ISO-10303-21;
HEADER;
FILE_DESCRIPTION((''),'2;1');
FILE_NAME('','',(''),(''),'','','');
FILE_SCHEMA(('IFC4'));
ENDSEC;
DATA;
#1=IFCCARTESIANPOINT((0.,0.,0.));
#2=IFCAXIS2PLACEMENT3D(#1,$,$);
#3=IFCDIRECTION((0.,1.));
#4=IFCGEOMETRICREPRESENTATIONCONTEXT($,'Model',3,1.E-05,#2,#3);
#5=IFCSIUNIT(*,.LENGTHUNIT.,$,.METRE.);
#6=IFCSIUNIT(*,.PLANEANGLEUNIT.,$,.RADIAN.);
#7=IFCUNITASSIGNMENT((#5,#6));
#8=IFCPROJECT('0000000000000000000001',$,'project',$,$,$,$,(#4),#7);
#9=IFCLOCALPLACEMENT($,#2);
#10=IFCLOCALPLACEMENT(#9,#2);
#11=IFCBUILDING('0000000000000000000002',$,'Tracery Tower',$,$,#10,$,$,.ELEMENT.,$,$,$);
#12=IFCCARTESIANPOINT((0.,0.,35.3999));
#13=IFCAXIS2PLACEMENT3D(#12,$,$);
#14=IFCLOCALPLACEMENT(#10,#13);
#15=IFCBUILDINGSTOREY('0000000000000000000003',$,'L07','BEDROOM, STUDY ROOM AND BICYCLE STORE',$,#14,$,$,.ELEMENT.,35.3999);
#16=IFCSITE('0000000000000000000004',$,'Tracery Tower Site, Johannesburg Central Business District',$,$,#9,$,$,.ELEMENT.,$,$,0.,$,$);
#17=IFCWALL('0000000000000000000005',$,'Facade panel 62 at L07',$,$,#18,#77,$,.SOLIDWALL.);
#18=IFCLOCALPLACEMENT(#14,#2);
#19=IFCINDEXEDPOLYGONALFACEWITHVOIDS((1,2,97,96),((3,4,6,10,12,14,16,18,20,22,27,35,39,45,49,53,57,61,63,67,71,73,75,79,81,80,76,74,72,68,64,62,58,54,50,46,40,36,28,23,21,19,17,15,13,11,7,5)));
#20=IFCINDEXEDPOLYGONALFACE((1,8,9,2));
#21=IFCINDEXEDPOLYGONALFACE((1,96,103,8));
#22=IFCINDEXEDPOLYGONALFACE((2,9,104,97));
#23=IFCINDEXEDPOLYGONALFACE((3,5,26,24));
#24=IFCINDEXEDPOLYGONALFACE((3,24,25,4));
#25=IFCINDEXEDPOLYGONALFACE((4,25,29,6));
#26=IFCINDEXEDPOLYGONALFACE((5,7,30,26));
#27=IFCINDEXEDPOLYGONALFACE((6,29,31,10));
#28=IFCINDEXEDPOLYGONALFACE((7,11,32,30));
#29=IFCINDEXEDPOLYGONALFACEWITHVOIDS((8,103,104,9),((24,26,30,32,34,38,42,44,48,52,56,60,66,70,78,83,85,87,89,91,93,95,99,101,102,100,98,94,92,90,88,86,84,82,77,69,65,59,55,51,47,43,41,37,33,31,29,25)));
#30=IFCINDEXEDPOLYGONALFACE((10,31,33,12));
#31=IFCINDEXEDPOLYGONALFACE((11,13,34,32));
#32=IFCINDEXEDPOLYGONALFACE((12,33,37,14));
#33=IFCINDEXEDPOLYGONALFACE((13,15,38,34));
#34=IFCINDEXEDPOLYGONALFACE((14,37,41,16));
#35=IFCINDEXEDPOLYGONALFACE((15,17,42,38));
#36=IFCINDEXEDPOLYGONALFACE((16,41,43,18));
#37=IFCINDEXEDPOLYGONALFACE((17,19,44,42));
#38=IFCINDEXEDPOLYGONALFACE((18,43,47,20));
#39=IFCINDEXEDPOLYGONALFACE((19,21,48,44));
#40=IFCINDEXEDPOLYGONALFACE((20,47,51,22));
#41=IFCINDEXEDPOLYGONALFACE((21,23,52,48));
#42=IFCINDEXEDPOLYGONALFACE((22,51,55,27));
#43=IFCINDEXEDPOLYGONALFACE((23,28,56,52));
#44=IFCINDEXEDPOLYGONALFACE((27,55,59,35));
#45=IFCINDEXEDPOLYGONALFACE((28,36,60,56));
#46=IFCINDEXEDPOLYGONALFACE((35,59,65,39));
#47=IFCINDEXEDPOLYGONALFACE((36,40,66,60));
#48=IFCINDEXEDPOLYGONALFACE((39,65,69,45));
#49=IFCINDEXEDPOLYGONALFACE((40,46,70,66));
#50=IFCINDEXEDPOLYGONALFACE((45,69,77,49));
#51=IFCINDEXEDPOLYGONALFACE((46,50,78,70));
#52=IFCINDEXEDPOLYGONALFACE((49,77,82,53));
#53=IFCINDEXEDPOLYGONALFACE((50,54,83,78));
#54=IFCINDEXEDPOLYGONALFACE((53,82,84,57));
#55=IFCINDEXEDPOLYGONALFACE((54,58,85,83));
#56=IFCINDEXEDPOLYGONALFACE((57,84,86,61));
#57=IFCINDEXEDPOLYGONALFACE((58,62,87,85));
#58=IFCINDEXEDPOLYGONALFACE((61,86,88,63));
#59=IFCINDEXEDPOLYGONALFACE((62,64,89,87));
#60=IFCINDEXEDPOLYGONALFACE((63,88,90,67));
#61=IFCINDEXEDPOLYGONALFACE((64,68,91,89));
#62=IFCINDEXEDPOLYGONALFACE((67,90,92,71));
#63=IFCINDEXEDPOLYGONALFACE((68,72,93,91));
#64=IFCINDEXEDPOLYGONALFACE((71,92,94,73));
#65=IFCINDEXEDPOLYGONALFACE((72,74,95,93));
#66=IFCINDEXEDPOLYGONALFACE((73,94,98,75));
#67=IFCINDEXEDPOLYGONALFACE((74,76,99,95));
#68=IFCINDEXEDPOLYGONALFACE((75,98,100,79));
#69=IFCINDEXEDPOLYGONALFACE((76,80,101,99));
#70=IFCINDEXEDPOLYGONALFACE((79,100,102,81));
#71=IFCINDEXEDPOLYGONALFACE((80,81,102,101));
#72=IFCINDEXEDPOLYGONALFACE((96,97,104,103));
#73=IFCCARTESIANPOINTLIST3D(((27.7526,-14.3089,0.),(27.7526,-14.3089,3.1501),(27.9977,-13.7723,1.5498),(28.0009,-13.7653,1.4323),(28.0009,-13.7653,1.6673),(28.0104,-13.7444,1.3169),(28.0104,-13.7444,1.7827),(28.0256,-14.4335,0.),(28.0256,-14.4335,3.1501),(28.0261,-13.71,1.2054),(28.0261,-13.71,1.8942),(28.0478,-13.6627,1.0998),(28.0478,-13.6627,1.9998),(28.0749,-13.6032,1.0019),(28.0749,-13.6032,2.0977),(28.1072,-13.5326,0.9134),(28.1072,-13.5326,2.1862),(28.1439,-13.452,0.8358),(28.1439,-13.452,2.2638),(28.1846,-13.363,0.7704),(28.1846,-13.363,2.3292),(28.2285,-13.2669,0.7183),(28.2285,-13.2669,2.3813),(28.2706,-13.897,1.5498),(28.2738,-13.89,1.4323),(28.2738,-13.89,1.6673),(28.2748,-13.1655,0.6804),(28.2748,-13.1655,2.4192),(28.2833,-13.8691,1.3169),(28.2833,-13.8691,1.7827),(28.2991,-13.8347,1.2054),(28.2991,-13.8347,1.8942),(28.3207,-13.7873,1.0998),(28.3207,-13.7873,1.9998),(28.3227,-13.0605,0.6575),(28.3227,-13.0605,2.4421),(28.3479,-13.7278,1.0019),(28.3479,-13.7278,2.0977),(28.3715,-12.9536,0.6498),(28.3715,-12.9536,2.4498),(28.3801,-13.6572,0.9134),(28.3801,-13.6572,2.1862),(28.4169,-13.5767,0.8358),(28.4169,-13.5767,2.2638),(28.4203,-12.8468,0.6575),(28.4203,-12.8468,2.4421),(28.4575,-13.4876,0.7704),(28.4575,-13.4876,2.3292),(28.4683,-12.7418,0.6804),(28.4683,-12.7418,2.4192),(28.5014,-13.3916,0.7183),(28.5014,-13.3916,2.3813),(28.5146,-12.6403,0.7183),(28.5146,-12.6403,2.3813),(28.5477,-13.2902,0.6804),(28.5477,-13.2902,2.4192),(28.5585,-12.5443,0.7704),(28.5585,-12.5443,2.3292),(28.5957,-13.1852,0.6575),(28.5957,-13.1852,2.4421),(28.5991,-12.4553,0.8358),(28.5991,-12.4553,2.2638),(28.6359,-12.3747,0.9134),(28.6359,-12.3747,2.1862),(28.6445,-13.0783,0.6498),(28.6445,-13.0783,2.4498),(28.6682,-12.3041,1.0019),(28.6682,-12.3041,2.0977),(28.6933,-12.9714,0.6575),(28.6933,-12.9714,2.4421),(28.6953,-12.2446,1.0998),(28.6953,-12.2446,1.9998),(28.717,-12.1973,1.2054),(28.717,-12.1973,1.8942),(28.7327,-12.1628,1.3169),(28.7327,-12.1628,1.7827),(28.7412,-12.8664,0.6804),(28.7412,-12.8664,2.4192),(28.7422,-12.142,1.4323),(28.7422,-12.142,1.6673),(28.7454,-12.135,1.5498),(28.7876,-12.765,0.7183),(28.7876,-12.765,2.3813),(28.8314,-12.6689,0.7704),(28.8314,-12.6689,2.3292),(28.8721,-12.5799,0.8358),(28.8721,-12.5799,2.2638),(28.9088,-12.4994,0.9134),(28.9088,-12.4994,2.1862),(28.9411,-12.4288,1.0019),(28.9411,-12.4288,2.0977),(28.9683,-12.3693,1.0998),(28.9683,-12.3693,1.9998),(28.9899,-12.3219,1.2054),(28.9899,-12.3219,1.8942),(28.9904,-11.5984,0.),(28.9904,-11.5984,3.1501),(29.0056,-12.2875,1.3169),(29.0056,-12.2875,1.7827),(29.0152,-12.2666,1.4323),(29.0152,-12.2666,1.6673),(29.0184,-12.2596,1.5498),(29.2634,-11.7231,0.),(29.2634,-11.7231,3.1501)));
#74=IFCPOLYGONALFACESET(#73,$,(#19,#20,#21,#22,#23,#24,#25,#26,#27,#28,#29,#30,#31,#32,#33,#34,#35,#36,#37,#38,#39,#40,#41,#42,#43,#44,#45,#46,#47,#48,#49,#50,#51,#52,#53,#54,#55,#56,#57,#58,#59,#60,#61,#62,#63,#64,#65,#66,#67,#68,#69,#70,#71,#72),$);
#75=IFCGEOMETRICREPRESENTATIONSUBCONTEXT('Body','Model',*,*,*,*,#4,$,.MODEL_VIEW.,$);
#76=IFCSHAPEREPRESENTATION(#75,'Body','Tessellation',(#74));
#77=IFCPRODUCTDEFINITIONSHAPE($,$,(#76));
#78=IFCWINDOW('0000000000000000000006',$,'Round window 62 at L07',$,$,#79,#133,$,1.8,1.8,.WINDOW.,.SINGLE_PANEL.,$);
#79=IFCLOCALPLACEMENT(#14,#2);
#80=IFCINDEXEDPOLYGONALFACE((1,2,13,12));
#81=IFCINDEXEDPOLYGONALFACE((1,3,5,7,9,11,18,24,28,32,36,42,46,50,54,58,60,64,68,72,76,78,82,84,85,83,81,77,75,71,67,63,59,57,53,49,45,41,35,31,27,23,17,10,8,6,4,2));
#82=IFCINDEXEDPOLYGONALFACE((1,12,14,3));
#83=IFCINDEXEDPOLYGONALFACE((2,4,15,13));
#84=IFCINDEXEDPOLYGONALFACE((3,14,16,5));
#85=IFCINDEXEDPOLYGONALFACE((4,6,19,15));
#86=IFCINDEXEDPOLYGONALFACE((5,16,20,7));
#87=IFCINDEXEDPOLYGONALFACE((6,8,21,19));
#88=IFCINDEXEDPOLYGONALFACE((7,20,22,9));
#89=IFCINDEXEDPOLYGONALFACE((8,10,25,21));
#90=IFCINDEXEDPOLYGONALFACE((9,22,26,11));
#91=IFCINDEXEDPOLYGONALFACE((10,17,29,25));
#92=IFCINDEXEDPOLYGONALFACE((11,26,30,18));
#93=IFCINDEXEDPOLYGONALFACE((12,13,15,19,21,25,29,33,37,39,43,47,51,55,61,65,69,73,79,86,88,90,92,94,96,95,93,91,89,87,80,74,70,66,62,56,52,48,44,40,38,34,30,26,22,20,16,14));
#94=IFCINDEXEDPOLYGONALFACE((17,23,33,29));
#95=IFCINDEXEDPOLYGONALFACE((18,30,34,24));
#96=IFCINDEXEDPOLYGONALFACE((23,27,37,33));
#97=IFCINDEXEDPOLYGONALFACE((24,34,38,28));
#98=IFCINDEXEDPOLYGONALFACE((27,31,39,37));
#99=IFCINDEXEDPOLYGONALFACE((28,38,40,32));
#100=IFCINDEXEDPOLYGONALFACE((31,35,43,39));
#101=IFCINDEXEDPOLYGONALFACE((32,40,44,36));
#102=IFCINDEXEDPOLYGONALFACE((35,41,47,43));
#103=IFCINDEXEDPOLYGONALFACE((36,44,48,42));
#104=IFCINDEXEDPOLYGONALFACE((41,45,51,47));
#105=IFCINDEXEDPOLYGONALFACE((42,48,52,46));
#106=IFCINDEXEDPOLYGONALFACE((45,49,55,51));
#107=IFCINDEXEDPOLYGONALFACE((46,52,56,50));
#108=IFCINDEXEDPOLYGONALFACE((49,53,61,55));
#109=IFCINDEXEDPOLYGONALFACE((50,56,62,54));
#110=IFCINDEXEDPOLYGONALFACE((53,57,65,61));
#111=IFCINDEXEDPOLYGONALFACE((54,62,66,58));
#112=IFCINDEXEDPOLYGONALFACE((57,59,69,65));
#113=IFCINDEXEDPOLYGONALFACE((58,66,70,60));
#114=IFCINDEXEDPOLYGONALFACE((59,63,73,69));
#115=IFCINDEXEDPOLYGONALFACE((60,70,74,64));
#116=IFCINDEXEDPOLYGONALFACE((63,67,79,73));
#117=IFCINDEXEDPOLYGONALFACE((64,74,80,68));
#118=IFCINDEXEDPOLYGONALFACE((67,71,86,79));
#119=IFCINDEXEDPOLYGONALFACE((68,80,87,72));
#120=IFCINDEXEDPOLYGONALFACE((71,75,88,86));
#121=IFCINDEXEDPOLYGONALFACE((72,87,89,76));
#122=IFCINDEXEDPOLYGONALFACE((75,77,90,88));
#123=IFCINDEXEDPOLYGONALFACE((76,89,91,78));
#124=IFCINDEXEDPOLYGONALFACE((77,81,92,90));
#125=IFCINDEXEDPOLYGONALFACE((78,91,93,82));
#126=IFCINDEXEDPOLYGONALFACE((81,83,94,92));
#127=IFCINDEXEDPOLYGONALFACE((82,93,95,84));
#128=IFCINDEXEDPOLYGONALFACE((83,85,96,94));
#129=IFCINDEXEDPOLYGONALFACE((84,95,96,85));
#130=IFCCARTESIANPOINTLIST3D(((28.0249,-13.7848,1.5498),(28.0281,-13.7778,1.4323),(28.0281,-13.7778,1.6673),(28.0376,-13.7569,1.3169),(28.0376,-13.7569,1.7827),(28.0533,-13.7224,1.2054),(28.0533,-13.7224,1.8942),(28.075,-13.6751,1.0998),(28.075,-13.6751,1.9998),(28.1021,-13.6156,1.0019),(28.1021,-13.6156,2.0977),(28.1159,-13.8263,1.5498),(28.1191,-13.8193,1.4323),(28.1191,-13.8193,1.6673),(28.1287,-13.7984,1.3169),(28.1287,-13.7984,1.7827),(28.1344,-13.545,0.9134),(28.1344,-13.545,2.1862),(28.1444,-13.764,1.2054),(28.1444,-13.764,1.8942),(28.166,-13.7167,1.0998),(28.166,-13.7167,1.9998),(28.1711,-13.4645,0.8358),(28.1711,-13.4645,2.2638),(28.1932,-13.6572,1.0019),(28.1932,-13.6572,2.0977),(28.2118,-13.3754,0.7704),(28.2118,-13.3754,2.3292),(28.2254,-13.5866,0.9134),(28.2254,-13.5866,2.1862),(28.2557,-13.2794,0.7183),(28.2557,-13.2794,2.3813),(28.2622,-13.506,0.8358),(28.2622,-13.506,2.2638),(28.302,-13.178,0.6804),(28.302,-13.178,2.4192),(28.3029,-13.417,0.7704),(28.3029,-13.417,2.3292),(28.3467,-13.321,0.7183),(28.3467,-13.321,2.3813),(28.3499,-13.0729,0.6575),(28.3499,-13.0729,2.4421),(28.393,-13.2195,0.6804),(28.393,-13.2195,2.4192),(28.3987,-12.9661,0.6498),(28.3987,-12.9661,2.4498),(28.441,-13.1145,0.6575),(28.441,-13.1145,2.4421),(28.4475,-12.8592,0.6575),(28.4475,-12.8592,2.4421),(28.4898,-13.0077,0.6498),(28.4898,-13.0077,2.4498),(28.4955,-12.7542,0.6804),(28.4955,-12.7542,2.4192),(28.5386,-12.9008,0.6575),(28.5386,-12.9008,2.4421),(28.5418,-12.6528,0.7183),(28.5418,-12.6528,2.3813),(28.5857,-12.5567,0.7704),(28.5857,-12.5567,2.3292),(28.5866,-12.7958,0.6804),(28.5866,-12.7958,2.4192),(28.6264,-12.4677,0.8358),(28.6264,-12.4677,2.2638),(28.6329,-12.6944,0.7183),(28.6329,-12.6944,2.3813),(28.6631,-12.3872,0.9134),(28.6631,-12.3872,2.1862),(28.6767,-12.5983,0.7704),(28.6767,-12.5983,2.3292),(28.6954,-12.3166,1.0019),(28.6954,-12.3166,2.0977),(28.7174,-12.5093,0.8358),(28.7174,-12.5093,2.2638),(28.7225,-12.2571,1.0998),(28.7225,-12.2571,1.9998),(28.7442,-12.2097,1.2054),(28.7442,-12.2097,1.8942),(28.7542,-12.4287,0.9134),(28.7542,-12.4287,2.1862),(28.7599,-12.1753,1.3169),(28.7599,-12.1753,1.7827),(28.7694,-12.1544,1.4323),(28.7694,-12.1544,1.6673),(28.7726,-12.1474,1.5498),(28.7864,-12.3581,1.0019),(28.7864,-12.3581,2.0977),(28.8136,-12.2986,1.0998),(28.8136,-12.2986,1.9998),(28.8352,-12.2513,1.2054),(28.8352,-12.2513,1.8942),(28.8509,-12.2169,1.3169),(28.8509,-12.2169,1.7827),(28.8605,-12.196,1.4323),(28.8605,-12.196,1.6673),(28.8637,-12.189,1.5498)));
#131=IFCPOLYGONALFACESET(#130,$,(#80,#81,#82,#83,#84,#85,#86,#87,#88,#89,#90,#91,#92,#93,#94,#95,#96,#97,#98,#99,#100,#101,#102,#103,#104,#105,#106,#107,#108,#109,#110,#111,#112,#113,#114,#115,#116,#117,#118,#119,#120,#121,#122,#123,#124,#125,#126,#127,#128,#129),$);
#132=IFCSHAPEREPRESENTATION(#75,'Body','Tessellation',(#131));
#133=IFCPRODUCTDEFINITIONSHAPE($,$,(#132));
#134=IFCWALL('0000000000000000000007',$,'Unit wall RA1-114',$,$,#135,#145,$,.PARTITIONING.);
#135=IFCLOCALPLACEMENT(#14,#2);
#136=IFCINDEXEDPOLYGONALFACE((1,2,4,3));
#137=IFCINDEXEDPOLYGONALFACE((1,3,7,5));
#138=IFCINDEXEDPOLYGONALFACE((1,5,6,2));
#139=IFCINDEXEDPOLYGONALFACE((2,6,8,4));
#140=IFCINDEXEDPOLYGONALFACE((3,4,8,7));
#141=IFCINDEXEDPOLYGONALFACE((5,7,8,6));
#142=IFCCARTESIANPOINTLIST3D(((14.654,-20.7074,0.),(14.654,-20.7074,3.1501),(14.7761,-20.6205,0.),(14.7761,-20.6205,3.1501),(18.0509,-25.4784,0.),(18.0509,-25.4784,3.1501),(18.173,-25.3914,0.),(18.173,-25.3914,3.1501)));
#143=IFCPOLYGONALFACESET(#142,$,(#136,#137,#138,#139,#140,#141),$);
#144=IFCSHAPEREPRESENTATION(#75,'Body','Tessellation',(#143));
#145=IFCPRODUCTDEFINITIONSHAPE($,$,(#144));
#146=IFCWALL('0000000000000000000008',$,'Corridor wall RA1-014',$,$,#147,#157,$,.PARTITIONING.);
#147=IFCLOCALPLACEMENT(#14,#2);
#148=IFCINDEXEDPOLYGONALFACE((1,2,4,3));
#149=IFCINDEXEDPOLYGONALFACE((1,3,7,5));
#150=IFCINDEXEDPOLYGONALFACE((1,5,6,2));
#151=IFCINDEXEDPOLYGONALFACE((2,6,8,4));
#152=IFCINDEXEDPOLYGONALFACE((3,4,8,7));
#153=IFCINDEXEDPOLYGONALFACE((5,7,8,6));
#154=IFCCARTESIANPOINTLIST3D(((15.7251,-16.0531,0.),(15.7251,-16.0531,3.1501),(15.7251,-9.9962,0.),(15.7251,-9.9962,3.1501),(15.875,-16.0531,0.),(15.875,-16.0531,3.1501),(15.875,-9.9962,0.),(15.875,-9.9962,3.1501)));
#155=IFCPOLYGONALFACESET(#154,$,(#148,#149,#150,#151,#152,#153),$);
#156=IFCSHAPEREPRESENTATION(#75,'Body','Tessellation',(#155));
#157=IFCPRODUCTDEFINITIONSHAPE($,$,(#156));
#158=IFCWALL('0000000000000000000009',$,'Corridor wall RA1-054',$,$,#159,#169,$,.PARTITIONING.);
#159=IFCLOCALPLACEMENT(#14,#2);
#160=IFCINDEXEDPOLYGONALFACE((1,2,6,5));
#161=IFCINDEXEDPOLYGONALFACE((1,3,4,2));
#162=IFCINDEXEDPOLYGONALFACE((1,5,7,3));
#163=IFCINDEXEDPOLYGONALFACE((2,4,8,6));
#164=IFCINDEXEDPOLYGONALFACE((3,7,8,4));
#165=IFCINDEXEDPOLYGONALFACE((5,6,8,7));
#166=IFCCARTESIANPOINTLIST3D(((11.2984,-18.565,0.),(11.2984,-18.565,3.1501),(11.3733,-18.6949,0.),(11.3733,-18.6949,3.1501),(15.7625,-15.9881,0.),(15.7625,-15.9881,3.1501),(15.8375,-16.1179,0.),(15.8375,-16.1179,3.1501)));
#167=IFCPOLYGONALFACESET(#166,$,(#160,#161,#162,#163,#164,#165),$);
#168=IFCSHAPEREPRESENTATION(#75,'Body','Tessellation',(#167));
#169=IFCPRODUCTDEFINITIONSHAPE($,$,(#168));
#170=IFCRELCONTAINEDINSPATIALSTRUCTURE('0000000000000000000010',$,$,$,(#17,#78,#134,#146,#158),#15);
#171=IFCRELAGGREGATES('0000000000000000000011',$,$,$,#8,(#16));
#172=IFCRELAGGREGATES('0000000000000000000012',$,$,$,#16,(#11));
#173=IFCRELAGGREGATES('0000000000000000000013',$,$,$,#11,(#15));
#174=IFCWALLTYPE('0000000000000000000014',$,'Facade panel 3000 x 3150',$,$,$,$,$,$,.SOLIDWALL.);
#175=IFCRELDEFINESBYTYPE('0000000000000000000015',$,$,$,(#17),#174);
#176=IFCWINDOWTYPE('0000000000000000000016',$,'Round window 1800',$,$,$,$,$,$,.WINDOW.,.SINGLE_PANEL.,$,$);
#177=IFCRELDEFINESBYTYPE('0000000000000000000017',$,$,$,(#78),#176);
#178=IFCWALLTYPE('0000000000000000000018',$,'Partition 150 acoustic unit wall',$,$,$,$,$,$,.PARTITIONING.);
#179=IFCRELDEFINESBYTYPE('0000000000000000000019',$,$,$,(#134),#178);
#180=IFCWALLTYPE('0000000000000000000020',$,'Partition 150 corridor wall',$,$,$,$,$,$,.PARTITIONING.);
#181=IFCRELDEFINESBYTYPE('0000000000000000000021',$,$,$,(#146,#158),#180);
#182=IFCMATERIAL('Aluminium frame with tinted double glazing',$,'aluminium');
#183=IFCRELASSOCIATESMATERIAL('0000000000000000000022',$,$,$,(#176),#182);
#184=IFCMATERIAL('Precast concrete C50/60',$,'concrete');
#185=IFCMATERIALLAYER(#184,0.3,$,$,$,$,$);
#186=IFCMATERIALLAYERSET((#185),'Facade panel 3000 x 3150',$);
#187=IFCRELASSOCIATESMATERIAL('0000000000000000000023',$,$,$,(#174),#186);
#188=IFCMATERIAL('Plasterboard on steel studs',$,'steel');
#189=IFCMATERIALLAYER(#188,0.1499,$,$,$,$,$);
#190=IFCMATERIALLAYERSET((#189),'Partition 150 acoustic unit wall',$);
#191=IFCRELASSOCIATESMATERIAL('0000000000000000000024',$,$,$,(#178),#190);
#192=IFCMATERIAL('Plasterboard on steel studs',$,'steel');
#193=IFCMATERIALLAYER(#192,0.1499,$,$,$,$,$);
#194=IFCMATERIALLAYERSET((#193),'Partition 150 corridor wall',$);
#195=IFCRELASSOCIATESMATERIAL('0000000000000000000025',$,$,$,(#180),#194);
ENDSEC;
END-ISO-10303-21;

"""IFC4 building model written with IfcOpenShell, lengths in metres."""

from ifc_helpers import new_model, si_unit, direction, frame, frame_2d, origin, origin_2d, place, context, subcontext, project, spatial, rectangle, circle, extrude, material, layer, layer_set, type_object, element, fill, save


model = new_model("IFC4")

# Units and contexts
model_context = context("Model", 3, precision=1e-05, world=origin(), true_north=direction((0.0, 1.0)))
body_context = subcontext(model_context, "Body", "Model", "MODEL_VIEW")
ifc_project = project(units=[si_unit("LENGTHUNIT", "METRE"), si_unit("PLANEANGLEUNIT", "RADIAN")], contexts=[model_context])

# Site, building, storey
site_placement = place(None, origin())
site = spatial("IfcSite", under=ifc_project, at=site_placement, Name="Tracery Tower Site, Johannesburg Central Business District", CompositionType="ELEMENT", RefElevation=0.0)
building_placement = place(site_placement, origin())
building = spatial("IfcBuilding", under=site, at=building_placement, Name="Tracery Tower", CompositionType="ELEMENT")
storey_placement = place(building_placement, frame((0.0, 0.0, 35.3999)))
storey = spatial("IfcBuildingStorey", under=building, at=storey_placement, Name="L07", Description="BEDROOM, STUDY ROOM AND BICYCLE STORE", CompositionType="ELEMENT", Elevation=35.3999)

# Wall, opening, window
ifc_material_1 = material(Name="Aluminium frame with tinted double glazing", Category="aluminium")
window_type = type_object("IfcWindowType", Name="Round window 1800", PartitioningType="SINGLE_PANEL", PredefinedType="WINDOW", material=ifc_material_1)
ifc_material_2 = material(Name="Precast concrete C50/60", Category="concrete")
ifc_layer_1 = layer(ifc_material_2, 0.3)
ifc_layer_set_1 = layer_set([ifc_layer_1], Name="Facade panel 3000 x 3150")
wall_type_1 = type_object("IfcWallType", Name="Facade panel 3000 x 3150", PredefinedType="SOLIDWALL", material=ifc_layer_set_1)
wall_1_placement = place(storey_placement, frame((27.8892, -14.3711, 0.0), z_axis=(0.0, 0.0, 1.0), x_axis=(0.415407, 0.909636, 0.0)))
wall_1 = element("IfcWall", 1, at=wall_1_placement, inside=storey, type_object=wall_type_1, Name="Facade panel 62 at L07", PredefinedType="SOLIDWALL", context=body_context, shape_type="SweptSolid", body=[
    extrude(rectangle(XDim=2.9797, YDim=0.3, at=frame_2d((1.4897, 0.0))), origin(), (0.0, 0.0, 1.0), 3.1501),
])
opening_1_placement = place(wall_1_placement, frame((1.4897, 0.0, 1.5498)))
opening_1 = element("IfcOpeningElement", 2, at=opening_1_placement, cuts=wall_1, PredefinedType="OPENING", context=body_context, shape_type="SweptSolid", body=[
    extrude(circle(Radius=0.9, at=origin_2d()), frame((0.0, 0.1599, 0.0), z_axis=(0.0, -1.0, 0.0), x_axis=(1.0, 0.0, 0.0)), (0.0, 0.0, 1.0), 0.3201),
])
window_1_placement = place(opening_1_placement, origin())
window_1 = element("IfcWindow", 3, at=window_1_placement, inside=storey, type_object=window_type, Name="Round window 62 at L07", OverallHeight=1.8, OverallWidth=1.8, PartitioningType="SINGLE_PANEL", PredefinedType="WINDOW", context=body_context, shape_type="SweptSolid", body=[
    extrude(circle(Radius=0.9, at=origin_2d()), frame((0.0, 0.1201, 0.0), z_axis=(0.0, -1.0, 0.0), x_axis=(1.0, 0.0, 0.0)), (0.0, 0.0, 1.0), 0.1001),
])
fill(opening_1, window_1)

# Walls
ifc_material_3 = material(Name="Plasterboard on steel studs", Category="steel")
ifc_layer_2 = layer(ifc_material_3, 0.1499)
ifc_layer_set_2 = layer_set([ifc_layer_2], Name="Partition 150 acoustic unit wall")
wall_type_2 = type_object("IfcWallType", Name="Partition 150 acoustic unit wall", PredefinedType="PARTITIONING", material=ifc_layer_set_2)
wall_2_placement = place(storey_placement, frame((14.7151, -20.6641, 0.0), z_axis=(0.0, 0.0, 1.0), x_axis=(0.580007, -0.814611, 0.0)))
element("IfcWall", 4, at=wall_2_placement, inside=storey, type_object=wall_type_2, Name="Unit wall RA1-114", PredefinedType="PARTITIONING", context=body_context, shape_type="SweptSolid", body=[
    extrude(rectangle(XDim=5.8567, YDim=0.1499, at=frame_2d((2.9282, 0.0))), origin(), (0.0, 0.0, 1.0), 3.1501),
])
ifc_material_4 = material(Name="Plasterboard on steel studs", Category="steel")
ifc_layer_3 = layer(ifc_material_4, 0.1499)
ifc_layer_set_3 = layer_set([ifc_layer_3], Name="Partition 150 corridor wall")
wall_type_3 = type_object("IfcWallType", Name="Partition 150 corridor wall", PredefinedType="PARTITIONING", material=ifc_layer_set_3)
wall_3_placement = place(storey_placement, frame((15.8, -16.053, 0.0), z_axis=(0.0, 0.0, 1.0), x_axis=(0.0, 1.0, 0.0)))
element("IfcWall", 5, at=wall_3_placement, inside=storey, type_object=wall_type_3, Name="Corridor wall RA1-014", PredefinedType="PARTITIONING", context=body_context, shape_type="SweptSolid", body=[
    extrude(rectangle(XDim=6.0569, YDim=0.1499, at=frame_2d((3.0283, 0.0))), origin(), (0.0, 0.0, 1.0), 3.1501),
])
wall_4_placement = place(storey_placement, frame((11.3359, -18.6299, 0.0), z_axis=(0.0, 0.0, 1.0), x_axis=(0.866063, 0.499934, 0.0)))
element("IfcWall", 6, at=wall_4_placement, inside=storey, type_object=wall_type_3, Name="Corridor wall RA1-054", PredefinedType="PARTITIONING", context=body_context, shape_type="SweptSolid", body=[
    extrude(rectangle(XDim=5.1545, YDim=0.1499, at=frame_2d((2.5771, 0.0))), origin(), (0.0, 0.0, 1.0), 3.1501),
])

save(model, "model.ifc")
